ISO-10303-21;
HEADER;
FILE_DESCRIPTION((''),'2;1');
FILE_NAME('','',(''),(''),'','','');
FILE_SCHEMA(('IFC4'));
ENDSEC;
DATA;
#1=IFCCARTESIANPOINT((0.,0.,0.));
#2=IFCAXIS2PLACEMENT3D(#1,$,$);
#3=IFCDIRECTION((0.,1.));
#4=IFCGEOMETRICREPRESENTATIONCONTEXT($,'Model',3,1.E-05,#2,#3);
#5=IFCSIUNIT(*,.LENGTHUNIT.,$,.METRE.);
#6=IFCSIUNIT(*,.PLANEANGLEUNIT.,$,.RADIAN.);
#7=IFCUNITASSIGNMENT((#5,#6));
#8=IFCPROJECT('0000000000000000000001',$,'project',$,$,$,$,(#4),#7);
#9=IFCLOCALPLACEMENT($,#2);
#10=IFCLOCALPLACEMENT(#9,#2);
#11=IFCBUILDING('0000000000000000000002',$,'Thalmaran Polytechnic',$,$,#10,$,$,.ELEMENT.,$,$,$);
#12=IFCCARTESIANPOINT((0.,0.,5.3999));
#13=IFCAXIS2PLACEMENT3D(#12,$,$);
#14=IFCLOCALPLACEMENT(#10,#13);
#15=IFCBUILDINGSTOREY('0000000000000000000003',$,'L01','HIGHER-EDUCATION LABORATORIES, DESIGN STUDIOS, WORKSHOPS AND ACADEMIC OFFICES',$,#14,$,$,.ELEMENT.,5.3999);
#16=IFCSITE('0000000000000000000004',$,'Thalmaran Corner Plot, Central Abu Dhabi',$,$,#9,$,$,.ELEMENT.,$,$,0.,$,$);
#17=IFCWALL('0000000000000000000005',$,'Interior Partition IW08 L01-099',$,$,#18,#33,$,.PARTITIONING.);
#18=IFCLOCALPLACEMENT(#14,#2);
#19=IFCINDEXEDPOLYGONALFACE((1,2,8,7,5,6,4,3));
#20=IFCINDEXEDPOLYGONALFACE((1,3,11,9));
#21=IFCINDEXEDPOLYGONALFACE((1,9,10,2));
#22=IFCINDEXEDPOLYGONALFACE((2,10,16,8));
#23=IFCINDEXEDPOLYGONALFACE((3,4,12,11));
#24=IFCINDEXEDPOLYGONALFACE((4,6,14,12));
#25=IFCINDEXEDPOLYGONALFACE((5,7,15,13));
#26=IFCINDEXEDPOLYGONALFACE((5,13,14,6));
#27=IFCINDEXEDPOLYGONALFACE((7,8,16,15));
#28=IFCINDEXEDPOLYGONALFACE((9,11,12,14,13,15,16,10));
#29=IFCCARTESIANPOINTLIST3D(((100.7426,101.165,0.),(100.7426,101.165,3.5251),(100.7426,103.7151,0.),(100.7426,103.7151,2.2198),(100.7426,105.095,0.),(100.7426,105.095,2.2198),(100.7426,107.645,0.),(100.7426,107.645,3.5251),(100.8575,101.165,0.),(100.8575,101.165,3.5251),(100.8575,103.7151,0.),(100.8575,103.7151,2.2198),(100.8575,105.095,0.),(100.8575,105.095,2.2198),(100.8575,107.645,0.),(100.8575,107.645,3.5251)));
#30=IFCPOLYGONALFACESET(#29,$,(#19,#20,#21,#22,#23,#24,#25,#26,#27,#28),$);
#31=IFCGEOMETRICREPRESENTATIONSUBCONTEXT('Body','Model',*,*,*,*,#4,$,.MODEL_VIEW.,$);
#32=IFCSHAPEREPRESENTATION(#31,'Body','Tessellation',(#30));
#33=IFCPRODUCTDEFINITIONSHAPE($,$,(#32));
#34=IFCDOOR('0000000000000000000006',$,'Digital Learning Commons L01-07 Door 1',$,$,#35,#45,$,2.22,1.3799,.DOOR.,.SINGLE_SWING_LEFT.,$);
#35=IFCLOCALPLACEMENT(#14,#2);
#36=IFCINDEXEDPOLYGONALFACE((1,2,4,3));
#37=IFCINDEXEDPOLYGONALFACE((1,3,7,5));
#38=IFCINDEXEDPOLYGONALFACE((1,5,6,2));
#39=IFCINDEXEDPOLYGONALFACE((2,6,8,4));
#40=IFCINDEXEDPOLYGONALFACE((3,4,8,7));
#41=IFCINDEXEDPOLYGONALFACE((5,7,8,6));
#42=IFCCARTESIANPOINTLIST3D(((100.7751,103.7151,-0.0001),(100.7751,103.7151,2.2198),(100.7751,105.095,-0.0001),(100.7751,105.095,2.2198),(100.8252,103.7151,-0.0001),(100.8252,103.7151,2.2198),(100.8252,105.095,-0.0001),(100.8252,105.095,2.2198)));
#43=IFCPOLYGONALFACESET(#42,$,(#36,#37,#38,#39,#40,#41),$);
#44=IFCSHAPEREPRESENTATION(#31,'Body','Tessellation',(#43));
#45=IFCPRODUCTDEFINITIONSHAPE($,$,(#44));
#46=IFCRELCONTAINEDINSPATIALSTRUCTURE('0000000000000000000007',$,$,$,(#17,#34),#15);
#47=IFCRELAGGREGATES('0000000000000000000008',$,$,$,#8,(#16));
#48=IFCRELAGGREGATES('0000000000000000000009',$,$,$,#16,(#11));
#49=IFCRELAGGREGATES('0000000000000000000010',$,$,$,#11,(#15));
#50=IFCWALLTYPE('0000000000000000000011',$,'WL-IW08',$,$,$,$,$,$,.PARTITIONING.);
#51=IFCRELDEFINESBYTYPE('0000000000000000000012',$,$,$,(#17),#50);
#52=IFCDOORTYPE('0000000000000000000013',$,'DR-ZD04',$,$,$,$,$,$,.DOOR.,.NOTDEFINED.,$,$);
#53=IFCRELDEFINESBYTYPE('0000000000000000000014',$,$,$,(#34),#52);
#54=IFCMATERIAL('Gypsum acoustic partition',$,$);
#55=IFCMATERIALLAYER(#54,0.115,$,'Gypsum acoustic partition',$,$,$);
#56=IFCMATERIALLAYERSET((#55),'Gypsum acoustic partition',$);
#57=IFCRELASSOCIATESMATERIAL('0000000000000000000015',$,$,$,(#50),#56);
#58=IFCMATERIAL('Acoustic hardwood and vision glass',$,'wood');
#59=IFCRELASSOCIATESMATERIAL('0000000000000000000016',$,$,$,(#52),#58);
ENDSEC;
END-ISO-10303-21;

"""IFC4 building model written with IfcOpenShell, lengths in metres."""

from ifc_helpers import new_model, si_unit, direction, frame, frame_2d, origin, place, context, subcontext, project, spatial, rectangle, extrude, material, layer, layer_set, type_object, element, fill, save


model = new_model("IFC4")

# Units and contexts
model_context = context("Model", 3, precision=1e-05, world=origin(), true_north=direction((0.0, 1.0)))
body_context = subcontext(model_context, "Body", "Model", "MODEL_VIEW")
ifc_project = project(units=[si_unit("LENGTHUNIT", "METRE"), si_unit("PLANEANGLEUNIT", "RADIAN")], contexts=[model_context])

# Site, building, storey
site_placement = place(None, origin())
site = spatial("IfcSite", under=ifc_project, at=site_placement, Name="Thalmaran Corner Plot, Central Abu Dhabi", CompositionType="ELEMENT", RefElevation=0.0)
building_placement = place(site_placement, origin())
building = spatial("IfcBuilding", under=site, at=building_placement, Name="Thalmaran Polytechnic", CompositionType="ELEMENT")
storey_placement = place(building_placement, frame((0.0, 0.0, 5.3999)))
storey = spatial("IfcBuildingStorey", under=building, at=storey_placement, Name="L01", Description="HIGHER-EDUCATION LABORATORIES, DESIGN STUDIOS, WORKSHOPS AND ACADEMIC OFFICES", CompositionType="ELEMENT", Elevation=5.3999)

# Shared definitions
ifc_material_1 = material(Name="Gypsum acoustic partition")

# Shared definitions
ifc_layer_1 = layer(ifc_material_1, 0.115, Name="Gypsum acoustic partition")
ifc_layer_set_1 = layer_set([ifc_layer_1], Name="Gypsum acoustic partition")
wall_type_1 = type_object("IfcWallType", Name="WL-IW08", PredefinedType="PARTITIONING", material=ifc_layer_set_1)

# Wall, opening, door
wall_1_placement = place(storey_placement, frame((100.8, 101.165, 0.0), z_axis=(0.0, 0.0, 1.0), x_axis=(0.0, 1.0, 0.0)))
wall_1 = element("IfcWall", 1, at=wall_1_placement, inside=storey, type_object=wall_type_1, Name="Interior Partition IW08 L01-099", PredefinedType="PARTITIONING", context=body_context, shape_type="SweptSolid", body=[
    extrude(rectangle(XDim=6.48, YDim=0.115, at=frame_2d((3.24, 0.0))), origin(), (0.0, 0.0, 1.0), 3.5251),
])
opening_1_placement = place(wall_1_placement, frame((2.55, 0.0, 0.0)))
opening_1 = element("IfcOpeningElement", 2, at=opening_1_placement, cuts=wall_1, PredefinedType="OPENING", context=body_context, shape_type="SweptSolid", body=[
    extrude(rectangle(XDim=1.3799, YDim=2.22, at=frame_2d((0.6899, 1.1099))), frame((0.0, 0.0674, 0.0), z_axis=(0.0, -1.0, 0.0), x_axis=(1.0, 0.0, 0.0)), (0.0, 0.0, 1.0), 0.135),
])
ifc_material_2 = material(Name="Acoustic hardwood and vision glass", Category="wood")
door_type_1 = type_object("IfcDoorType", Name="DR-ZD04", OperationType="NOTDEFINED", PredefinedType="DOOR", material=ifc_material_2)
door_1_placement = place(opening_1_placement, origin())
door_1 = element("IfcDoor", 3, at=door_1_placement, inside=storey, type_object=door_type_1, Name="Digital Learning Commons L01-07 Door 1", OperationType="SINGLE_SWING_LEFT", OverallHeight=2.22, OverallWidth=1.3799, PredefinedType="DOOR", context=body_context, shape_type="SweptSolid", body=[
    extrude(rectangle(XDim=1.3799, YDim=2.22, at=frame_2d((0.6899, 1.1099))), frame((0.0, 0.0249, 0.0), z_axis=(0.0, -1.0, 0.0), x_axis=(1.0, 0.0, 0.0)), (0.0, 0.0, 1.0), 0.05),
])
fill(opening_1, door_1)

save(model, "model.ifc")
